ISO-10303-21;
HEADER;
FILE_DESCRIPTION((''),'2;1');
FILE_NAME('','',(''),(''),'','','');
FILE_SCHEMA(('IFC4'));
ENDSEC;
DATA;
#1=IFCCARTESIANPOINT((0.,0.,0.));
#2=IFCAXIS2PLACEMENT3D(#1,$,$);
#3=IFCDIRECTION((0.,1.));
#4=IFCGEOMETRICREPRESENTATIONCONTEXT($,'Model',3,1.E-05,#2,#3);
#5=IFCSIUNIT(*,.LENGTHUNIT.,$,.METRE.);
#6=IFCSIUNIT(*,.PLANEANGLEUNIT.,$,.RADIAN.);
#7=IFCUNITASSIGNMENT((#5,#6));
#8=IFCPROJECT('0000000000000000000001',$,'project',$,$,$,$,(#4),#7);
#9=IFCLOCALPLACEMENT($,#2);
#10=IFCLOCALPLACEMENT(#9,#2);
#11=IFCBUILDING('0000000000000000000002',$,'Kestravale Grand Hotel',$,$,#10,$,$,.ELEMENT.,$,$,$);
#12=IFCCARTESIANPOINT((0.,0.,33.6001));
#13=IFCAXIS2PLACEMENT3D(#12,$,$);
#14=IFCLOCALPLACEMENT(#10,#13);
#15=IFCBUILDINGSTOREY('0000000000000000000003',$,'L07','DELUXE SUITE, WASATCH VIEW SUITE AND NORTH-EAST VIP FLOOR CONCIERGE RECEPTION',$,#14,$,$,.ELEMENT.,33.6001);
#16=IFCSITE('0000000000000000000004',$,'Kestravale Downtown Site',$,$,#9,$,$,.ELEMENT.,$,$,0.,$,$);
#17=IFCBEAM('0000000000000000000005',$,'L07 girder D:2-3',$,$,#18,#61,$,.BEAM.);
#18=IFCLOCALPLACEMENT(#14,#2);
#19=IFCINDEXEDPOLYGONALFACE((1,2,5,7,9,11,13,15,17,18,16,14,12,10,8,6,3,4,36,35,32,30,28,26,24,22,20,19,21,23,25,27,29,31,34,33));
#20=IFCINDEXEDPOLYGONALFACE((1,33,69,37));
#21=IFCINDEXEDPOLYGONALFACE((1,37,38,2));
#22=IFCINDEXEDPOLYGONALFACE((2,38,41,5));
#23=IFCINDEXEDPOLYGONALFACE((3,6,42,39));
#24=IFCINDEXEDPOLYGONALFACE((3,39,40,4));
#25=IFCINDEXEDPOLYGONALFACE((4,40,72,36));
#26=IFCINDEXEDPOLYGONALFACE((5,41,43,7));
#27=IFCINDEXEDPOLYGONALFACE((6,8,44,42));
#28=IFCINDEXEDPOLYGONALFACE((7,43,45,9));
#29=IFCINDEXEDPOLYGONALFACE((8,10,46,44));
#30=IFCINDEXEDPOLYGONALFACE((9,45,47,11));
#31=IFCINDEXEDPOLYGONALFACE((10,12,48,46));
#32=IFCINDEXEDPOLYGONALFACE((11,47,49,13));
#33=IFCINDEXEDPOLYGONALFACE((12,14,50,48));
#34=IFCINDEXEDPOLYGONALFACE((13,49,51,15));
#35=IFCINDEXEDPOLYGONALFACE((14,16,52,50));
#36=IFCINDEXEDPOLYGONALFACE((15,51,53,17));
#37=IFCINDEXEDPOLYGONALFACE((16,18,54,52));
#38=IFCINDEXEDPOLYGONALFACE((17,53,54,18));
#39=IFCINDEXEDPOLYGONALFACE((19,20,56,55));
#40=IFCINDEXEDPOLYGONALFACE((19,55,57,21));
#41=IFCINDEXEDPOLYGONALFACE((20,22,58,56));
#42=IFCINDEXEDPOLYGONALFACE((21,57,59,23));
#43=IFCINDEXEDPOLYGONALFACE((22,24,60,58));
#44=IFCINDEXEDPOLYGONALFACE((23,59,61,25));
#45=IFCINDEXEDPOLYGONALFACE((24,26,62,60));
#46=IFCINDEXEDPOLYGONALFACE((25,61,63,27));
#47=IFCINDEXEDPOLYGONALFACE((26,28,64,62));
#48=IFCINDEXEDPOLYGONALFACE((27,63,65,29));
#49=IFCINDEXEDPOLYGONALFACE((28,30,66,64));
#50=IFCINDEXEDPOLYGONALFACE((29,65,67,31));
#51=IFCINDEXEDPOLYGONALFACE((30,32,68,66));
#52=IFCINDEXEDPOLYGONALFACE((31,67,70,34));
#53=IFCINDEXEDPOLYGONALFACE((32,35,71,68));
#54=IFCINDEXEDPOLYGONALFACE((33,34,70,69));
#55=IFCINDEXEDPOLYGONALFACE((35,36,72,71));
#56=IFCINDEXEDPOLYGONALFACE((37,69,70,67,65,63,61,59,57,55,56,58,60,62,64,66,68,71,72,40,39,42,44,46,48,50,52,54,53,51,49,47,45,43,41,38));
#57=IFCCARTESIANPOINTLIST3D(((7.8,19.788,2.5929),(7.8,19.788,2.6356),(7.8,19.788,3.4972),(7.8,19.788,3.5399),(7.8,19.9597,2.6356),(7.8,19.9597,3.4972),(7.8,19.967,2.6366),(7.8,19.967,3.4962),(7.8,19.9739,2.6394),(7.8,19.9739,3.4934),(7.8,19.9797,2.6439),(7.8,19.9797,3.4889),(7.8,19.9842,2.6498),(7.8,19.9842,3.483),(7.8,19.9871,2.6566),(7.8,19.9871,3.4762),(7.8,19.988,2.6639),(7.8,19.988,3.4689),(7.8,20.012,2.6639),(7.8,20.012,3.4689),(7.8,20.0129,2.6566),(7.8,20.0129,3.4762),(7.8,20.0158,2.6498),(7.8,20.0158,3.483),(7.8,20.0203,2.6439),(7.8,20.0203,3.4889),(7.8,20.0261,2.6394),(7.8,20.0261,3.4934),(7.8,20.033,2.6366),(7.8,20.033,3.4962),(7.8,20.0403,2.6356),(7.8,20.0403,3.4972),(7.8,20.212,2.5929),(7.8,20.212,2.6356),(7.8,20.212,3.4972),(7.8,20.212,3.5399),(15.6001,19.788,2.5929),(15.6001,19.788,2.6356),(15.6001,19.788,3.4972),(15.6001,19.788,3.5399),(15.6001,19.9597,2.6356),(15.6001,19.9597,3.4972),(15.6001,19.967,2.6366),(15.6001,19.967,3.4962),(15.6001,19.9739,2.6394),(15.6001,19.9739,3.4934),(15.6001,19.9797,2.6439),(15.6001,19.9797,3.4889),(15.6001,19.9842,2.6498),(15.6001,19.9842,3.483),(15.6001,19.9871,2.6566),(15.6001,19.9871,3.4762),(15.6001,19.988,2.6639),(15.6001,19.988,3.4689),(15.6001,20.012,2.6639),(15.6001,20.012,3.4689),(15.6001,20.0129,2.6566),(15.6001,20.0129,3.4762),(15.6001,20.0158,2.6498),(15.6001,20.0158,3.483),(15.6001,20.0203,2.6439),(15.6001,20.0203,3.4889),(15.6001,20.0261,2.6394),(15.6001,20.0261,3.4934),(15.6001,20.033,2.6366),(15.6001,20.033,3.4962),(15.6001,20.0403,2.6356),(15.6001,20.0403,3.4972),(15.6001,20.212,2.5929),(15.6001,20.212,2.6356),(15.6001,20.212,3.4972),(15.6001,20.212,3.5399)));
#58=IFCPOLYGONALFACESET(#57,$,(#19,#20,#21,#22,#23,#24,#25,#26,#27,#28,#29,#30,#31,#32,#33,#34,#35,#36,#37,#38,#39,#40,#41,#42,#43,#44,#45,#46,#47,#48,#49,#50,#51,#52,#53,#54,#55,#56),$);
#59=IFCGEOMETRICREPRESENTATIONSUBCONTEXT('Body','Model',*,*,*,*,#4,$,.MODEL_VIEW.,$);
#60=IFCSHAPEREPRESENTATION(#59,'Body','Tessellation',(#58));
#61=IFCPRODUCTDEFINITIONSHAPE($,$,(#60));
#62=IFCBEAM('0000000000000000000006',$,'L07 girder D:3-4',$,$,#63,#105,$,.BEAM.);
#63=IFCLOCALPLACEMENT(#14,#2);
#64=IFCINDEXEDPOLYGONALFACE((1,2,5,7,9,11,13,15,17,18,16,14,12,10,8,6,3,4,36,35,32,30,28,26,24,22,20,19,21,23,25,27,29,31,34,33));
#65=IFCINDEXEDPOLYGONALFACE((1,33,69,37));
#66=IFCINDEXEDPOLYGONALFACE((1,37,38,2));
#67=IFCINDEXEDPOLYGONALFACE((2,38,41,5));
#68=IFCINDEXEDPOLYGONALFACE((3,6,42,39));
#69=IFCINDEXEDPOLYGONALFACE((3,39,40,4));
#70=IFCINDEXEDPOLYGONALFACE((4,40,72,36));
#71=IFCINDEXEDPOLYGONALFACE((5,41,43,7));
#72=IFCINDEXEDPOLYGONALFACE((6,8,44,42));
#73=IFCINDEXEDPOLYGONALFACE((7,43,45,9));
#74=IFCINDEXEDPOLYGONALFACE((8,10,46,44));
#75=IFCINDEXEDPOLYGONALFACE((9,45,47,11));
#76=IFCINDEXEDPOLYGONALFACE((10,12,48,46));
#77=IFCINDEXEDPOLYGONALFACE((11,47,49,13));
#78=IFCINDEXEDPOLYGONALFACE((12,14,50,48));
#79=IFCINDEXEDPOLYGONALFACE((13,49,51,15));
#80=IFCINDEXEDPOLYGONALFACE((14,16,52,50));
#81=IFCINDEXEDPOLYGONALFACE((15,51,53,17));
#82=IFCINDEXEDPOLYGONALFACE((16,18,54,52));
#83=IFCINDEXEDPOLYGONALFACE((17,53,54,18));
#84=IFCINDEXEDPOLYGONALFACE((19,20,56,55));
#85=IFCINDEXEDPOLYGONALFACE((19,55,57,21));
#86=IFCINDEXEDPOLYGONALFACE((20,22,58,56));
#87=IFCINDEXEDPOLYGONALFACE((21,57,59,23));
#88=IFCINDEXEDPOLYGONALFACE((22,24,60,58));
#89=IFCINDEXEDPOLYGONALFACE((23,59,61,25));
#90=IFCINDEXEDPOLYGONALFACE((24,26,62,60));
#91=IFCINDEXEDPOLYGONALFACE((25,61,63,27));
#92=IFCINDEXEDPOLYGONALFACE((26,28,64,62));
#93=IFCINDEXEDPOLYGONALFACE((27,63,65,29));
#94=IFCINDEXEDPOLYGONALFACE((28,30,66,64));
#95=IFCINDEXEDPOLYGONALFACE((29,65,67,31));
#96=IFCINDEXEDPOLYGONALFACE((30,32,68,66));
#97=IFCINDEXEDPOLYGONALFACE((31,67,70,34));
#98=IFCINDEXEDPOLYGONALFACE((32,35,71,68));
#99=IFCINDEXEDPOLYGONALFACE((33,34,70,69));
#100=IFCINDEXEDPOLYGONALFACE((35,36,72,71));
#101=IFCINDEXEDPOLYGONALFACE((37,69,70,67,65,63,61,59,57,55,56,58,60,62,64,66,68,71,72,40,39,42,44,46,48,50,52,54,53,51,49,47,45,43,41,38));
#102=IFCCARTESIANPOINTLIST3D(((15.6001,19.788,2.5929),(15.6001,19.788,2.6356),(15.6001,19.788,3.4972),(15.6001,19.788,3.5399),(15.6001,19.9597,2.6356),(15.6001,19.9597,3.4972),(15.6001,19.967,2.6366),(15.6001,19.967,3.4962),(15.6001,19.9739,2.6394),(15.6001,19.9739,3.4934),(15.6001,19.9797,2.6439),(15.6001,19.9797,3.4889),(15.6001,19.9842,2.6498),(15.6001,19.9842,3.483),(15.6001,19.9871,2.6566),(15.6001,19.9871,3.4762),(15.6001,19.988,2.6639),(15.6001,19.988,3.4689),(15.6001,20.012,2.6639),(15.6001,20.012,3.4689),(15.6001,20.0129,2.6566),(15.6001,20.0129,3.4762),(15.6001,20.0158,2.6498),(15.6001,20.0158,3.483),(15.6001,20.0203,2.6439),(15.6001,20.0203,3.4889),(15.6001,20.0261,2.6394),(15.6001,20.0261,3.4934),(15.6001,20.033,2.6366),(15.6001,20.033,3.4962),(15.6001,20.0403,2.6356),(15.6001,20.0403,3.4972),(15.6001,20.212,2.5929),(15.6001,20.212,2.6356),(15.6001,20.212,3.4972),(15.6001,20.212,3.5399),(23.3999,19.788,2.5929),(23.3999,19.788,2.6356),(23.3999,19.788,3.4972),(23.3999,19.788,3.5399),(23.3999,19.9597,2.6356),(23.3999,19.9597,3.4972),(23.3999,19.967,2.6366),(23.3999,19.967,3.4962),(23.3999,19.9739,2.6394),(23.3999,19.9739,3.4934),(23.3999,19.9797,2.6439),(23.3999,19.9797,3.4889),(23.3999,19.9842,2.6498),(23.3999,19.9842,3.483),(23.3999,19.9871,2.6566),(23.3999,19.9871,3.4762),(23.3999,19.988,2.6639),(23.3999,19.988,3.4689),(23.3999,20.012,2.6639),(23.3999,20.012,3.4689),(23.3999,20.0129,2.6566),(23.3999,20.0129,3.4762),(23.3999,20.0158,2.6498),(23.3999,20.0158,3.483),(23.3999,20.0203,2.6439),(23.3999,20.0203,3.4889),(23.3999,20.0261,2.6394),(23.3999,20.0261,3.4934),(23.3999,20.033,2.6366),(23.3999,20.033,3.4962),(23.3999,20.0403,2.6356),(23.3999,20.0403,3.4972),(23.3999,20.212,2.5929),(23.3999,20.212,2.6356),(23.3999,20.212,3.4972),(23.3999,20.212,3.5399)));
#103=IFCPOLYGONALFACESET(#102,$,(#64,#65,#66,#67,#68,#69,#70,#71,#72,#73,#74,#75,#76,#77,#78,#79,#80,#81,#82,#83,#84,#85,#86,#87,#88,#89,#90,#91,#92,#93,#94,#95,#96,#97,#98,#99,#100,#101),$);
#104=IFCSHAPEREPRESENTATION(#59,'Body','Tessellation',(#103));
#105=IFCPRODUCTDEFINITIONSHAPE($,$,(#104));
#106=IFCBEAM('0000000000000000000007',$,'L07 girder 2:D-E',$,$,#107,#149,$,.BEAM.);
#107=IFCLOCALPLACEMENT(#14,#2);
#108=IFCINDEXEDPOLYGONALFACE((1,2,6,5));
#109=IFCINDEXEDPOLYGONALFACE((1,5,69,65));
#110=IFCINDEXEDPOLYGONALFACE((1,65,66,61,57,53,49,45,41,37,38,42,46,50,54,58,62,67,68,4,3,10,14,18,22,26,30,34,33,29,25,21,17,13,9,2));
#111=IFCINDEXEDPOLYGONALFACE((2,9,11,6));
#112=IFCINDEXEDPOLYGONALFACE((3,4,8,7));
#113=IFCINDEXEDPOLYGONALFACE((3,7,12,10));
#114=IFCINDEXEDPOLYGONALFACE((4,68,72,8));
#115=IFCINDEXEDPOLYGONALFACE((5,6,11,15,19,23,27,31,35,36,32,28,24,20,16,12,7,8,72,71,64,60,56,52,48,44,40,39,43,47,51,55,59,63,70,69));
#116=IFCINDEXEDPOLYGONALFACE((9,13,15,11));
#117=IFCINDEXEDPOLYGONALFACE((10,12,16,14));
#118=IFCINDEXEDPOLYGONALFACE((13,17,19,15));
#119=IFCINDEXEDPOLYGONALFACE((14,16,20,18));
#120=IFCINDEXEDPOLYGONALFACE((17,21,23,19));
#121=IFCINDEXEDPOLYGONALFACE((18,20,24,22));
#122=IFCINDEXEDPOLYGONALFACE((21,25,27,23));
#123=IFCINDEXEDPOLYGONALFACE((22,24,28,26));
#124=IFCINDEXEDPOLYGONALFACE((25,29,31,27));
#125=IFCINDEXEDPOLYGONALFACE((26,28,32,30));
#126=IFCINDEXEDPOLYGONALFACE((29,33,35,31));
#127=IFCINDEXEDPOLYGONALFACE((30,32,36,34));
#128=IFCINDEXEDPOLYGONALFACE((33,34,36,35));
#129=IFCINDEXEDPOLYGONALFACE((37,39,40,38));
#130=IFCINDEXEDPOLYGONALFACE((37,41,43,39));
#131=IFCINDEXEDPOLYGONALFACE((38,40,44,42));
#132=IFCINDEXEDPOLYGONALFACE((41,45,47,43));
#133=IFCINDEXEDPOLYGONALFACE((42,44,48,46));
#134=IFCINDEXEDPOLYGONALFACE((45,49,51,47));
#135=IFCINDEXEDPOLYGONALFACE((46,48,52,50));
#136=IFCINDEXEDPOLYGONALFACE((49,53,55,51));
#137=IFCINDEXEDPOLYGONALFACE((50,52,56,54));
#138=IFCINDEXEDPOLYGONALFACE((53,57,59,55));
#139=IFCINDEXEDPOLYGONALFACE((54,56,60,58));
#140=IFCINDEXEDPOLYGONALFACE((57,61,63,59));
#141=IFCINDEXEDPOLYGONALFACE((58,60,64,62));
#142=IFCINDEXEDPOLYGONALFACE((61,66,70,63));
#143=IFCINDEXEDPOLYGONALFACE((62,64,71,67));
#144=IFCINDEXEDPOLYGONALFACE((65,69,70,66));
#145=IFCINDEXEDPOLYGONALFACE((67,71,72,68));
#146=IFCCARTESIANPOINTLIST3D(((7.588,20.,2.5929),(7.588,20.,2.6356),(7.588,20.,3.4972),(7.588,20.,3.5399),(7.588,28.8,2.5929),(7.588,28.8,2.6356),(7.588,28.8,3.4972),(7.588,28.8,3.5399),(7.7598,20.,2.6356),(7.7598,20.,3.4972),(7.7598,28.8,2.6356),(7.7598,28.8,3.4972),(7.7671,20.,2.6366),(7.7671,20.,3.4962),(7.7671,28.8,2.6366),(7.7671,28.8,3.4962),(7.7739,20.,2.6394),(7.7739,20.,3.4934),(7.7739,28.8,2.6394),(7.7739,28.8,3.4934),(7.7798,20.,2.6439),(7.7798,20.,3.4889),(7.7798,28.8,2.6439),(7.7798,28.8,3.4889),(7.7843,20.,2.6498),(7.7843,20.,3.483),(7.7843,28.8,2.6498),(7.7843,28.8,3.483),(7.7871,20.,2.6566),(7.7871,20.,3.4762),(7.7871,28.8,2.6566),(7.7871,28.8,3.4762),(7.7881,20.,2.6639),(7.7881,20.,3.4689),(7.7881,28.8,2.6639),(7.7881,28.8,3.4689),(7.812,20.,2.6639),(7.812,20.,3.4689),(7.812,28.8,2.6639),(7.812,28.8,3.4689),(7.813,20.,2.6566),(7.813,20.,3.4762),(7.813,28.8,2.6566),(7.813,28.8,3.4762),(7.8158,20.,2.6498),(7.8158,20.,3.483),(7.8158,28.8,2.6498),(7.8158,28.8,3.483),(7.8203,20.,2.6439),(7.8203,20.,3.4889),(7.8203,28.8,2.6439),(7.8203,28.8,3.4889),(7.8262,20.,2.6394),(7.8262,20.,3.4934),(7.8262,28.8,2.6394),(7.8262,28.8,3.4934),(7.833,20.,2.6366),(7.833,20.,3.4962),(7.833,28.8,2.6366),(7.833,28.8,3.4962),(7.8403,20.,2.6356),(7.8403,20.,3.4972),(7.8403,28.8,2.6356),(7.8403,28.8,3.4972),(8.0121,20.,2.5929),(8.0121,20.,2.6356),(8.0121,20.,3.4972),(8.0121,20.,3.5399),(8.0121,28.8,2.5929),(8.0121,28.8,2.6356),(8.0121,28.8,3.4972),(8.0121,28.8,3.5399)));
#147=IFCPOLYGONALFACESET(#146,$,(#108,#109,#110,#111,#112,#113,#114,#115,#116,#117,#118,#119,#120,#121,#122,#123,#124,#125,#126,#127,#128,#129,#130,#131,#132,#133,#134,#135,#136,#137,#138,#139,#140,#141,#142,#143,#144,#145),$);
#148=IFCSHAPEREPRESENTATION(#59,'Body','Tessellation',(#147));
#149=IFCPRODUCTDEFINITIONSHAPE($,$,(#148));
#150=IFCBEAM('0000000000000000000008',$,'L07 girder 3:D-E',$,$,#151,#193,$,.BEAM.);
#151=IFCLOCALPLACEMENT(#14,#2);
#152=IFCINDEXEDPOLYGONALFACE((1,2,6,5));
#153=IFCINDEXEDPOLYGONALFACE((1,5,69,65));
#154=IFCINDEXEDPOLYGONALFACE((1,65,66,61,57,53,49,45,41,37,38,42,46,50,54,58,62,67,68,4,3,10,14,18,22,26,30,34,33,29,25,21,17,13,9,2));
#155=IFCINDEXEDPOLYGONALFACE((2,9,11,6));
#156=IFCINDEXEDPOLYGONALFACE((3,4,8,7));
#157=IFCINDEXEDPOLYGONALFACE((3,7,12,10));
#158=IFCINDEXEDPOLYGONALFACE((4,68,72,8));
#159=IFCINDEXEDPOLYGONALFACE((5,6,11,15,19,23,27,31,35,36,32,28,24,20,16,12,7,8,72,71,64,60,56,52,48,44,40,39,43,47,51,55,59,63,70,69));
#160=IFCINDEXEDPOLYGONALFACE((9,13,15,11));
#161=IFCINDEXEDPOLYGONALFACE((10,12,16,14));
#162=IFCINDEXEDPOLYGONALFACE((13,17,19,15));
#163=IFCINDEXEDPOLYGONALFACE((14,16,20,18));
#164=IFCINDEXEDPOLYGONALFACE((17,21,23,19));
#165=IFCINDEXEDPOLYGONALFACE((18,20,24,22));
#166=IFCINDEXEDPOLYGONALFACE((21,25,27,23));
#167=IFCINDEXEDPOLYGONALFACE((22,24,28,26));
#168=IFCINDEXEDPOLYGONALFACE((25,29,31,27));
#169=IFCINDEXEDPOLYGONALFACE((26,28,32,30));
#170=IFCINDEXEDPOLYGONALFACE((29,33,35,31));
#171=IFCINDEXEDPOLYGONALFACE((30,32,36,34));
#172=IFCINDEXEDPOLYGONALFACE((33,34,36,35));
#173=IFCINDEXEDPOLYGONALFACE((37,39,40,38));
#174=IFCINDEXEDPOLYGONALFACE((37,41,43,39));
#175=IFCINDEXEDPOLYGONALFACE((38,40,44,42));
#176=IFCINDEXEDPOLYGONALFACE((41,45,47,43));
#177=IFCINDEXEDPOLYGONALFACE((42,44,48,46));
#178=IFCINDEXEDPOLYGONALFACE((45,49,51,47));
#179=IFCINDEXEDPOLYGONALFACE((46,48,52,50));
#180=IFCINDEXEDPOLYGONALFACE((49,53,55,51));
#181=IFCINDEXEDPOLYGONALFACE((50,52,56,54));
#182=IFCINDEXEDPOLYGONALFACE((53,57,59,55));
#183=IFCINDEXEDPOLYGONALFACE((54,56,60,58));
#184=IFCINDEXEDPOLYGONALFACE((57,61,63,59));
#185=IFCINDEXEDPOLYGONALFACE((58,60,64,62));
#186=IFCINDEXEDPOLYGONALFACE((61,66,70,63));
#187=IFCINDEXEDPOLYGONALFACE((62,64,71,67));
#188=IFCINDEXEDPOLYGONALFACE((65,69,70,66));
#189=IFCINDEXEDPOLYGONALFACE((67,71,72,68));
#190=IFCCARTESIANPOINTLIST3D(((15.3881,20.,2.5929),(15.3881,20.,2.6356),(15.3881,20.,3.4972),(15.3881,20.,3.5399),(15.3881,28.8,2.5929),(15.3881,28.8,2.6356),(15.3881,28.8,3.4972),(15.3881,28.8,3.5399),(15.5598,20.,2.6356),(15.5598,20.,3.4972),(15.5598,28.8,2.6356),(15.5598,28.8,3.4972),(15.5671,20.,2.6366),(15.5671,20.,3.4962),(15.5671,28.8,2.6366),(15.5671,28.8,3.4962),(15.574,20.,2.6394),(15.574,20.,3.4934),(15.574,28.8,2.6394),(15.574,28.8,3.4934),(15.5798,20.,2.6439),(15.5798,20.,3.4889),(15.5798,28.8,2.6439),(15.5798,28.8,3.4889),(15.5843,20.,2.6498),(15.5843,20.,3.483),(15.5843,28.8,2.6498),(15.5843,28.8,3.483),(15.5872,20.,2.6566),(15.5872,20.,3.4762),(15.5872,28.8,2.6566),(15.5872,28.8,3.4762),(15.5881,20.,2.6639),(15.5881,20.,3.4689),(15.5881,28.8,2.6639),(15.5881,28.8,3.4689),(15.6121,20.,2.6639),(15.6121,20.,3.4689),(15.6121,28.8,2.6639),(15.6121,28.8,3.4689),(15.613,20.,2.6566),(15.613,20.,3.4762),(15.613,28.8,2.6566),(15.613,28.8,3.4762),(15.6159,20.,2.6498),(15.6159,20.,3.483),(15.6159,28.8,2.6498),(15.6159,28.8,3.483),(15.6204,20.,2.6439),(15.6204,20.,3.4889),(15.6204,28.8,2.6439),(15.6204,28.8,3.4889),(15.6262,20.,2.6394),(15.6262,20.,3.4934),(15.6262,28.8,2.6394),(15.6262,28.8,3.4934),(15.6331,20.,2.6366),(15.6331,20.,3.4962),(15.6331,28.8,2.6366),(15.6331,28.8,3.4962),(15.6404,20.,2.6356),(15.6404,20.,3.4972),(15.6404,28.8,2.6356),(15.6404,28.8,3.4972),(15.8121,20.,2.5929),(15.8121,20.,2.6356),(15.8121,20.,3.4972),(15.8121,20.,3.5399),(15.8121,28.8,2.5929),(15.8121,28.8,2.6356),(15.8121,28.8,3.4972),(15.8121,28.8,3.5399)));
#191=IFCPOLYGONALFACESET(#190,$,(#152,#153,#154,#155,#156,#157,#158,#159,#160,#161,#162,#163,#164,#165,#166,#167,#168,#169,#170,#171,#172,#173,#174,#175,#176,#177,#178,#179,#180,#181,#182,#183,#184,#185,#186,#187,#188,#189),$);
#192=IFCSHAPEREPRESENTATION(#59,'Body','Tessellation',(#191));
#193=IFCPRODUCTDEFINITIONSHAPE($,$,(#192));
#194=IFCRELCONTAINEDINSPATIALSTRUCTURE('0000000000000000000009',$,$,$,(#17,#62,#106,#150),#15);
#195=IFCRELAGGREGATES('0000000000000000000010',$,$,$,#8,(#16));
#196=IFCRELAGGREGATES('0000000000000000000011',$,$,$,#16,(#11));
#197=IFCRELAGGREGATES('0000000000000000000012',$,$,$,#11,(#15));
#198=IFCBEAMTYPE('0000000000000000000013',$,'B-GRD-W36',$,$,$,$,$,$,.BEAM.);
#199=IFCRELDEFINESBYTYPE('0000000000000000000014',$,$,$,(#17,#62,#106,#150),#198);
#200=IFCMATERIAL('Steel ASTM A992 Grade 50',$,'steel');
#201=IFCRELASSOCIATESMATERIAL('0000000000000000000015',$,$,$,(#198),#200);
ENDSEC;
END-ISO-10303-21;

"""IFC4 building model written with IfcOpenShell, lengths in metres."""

from ifc_helpers import new_model, si_unit, direction, frame, origin, origin_2d, place, context, subcontext, project, spatial, i_section, extrude, material, material_profile, profile_set, type_object, element, save


model = new_model("IFC4")

# Units and contexts
model_context = context("Model", 3, precision=1e-05, world=origin(), true_north=direction((0.0, 1.0)))
body_context = subcontext(model_context, "Body", "Model", "MODEL_VIEW")
ifc_project = project(units=[si_unit("LENGTHUNIT", "METRE"), si_unit("PLANEANGLEUNIT", "RADIAN")], contexts=[model_context])

# Site, building, storey
site_placement = place(None, origin())
site = spatial("IfcSite", under=ifc_project, at=site_placement, Name="Kestravale Downtown Site", CompositionType="ELEMENT", RefElevation=0.0)
building_placement = place(site_placement, origin())
building = spatial("IfcBuilding", under=site, at=building_placement, Name="Kestravale Grand Hotel", CompositionType="ELEMENT")
storey_placement = place(building_placement, frame((0.0, 0.0, 33.6001)))
storey = spatial("IfcBuildingStorey", under=building, at=storey_placement, Name="L07", Description="DELUXE SUITE, WASATCH VIEW SUITE AND NORTH-EAST VIP FLOOR CONCIERGE RECEPTION", CompositionType="ELEMENT", Elevation=33.6001)

# Beams
ifc_material_1 = material(Name="Steel ASTM A992 Grade 50", Category="steel")
ifc_material_profile_1 = material_profile(ifc_material_1, i_section(OverallWidth=0.4241, OverallDepth=0.947, WebThickness=0.0239, FlangeThickness=0.0427, FilletRadius=0.0283, at=origin_2d()))
ifc_profile_set_1 = profile_set([ifc_material_profile_1], Name="Steel ASTM A992 Grade 50")
beam_type_1 = type_object("IfcBeamType", Name="B-GRD-W36", PredefinedType="BEAM", material=ifc_profile_set_1)
beam_1_placement = place(storey_placement, frame((7.8, 20.0, 3.0664), z_axis=(1.0, 0.0, 0.0), x_axis=(0.0, 1.0, 0.0)))
element("IfcBeam", 1, at=beam_1_placement, inside=storey, type_object=beam_type_1, Name="L07 girder D:2-3", PredefinedType="BEAM", context=body_context, shape_type="SweptSolid", body=[
    extrude(i_section(OverallWidth=0.4241, OverallDepth=0.947, WebThickness=0.0239, FlangeThickness=0.0427, FilletRadius=0.0283, at=origin_2d()), origin(), (0.0, 0.0, 1.0), 7.8),
])
beam_2_placement = place(storey_placement, frame((15.6001, 20.0, 3.0664), z_axis=(1.0, 0.0, 0.0), x_axis=(0.0, 1.0, 0.0)))
element("IfcBeam", 2, at=beam_2_placement, inside=storey, type_object=beam_type_1, Name="L07 girder D:3-4", PredefinedType="BEAM", context=body_context, shape_type="SweptSolid", body=[
    extrude(i_section(OverallWidth=0.4241, OverallDepth=0.947, WebThickness=0.0239, FlangeThickness=0.0427, FilletRadius=0.0283, at=origin_2d()), origin(), (0.0, 0.0, 1.0), 7.7998),
])
for number, where, z_axis, x_axis, name in (
    (3, (7.8, 20.0, 3.0664), (0.0, 1.0, 0.0), (-1.0, 0.0, 0.0), "L07 girder 2:D-E"),
    (4, (15.6001, 20.0, 3.0664), (0.0, 1.0, 0.0), (-1.0, 0.0, 0.0), "L07 girder 3:D-E"),
):
    element("IfcBeam", number, at=place(storey_placement, frame(where, z_axis=z_axis, x_axis=x_axis)), inside=storey, type_object=beam_type_1, Name=name, PredefinedType="BEAM", context=body_context, shape_type="SweptSolid", body=[
        extrude(i_section(OverallWidth=0.4241, OverallDepth=0.947, WebThickness=0.0239, FlangeThickness=0.0427, FilletRadius=0.0283, at=origin_2d()), origin(), (0.0, 0.0, 1.0), 8.8),
    ])

save(model, "model.ifc")
